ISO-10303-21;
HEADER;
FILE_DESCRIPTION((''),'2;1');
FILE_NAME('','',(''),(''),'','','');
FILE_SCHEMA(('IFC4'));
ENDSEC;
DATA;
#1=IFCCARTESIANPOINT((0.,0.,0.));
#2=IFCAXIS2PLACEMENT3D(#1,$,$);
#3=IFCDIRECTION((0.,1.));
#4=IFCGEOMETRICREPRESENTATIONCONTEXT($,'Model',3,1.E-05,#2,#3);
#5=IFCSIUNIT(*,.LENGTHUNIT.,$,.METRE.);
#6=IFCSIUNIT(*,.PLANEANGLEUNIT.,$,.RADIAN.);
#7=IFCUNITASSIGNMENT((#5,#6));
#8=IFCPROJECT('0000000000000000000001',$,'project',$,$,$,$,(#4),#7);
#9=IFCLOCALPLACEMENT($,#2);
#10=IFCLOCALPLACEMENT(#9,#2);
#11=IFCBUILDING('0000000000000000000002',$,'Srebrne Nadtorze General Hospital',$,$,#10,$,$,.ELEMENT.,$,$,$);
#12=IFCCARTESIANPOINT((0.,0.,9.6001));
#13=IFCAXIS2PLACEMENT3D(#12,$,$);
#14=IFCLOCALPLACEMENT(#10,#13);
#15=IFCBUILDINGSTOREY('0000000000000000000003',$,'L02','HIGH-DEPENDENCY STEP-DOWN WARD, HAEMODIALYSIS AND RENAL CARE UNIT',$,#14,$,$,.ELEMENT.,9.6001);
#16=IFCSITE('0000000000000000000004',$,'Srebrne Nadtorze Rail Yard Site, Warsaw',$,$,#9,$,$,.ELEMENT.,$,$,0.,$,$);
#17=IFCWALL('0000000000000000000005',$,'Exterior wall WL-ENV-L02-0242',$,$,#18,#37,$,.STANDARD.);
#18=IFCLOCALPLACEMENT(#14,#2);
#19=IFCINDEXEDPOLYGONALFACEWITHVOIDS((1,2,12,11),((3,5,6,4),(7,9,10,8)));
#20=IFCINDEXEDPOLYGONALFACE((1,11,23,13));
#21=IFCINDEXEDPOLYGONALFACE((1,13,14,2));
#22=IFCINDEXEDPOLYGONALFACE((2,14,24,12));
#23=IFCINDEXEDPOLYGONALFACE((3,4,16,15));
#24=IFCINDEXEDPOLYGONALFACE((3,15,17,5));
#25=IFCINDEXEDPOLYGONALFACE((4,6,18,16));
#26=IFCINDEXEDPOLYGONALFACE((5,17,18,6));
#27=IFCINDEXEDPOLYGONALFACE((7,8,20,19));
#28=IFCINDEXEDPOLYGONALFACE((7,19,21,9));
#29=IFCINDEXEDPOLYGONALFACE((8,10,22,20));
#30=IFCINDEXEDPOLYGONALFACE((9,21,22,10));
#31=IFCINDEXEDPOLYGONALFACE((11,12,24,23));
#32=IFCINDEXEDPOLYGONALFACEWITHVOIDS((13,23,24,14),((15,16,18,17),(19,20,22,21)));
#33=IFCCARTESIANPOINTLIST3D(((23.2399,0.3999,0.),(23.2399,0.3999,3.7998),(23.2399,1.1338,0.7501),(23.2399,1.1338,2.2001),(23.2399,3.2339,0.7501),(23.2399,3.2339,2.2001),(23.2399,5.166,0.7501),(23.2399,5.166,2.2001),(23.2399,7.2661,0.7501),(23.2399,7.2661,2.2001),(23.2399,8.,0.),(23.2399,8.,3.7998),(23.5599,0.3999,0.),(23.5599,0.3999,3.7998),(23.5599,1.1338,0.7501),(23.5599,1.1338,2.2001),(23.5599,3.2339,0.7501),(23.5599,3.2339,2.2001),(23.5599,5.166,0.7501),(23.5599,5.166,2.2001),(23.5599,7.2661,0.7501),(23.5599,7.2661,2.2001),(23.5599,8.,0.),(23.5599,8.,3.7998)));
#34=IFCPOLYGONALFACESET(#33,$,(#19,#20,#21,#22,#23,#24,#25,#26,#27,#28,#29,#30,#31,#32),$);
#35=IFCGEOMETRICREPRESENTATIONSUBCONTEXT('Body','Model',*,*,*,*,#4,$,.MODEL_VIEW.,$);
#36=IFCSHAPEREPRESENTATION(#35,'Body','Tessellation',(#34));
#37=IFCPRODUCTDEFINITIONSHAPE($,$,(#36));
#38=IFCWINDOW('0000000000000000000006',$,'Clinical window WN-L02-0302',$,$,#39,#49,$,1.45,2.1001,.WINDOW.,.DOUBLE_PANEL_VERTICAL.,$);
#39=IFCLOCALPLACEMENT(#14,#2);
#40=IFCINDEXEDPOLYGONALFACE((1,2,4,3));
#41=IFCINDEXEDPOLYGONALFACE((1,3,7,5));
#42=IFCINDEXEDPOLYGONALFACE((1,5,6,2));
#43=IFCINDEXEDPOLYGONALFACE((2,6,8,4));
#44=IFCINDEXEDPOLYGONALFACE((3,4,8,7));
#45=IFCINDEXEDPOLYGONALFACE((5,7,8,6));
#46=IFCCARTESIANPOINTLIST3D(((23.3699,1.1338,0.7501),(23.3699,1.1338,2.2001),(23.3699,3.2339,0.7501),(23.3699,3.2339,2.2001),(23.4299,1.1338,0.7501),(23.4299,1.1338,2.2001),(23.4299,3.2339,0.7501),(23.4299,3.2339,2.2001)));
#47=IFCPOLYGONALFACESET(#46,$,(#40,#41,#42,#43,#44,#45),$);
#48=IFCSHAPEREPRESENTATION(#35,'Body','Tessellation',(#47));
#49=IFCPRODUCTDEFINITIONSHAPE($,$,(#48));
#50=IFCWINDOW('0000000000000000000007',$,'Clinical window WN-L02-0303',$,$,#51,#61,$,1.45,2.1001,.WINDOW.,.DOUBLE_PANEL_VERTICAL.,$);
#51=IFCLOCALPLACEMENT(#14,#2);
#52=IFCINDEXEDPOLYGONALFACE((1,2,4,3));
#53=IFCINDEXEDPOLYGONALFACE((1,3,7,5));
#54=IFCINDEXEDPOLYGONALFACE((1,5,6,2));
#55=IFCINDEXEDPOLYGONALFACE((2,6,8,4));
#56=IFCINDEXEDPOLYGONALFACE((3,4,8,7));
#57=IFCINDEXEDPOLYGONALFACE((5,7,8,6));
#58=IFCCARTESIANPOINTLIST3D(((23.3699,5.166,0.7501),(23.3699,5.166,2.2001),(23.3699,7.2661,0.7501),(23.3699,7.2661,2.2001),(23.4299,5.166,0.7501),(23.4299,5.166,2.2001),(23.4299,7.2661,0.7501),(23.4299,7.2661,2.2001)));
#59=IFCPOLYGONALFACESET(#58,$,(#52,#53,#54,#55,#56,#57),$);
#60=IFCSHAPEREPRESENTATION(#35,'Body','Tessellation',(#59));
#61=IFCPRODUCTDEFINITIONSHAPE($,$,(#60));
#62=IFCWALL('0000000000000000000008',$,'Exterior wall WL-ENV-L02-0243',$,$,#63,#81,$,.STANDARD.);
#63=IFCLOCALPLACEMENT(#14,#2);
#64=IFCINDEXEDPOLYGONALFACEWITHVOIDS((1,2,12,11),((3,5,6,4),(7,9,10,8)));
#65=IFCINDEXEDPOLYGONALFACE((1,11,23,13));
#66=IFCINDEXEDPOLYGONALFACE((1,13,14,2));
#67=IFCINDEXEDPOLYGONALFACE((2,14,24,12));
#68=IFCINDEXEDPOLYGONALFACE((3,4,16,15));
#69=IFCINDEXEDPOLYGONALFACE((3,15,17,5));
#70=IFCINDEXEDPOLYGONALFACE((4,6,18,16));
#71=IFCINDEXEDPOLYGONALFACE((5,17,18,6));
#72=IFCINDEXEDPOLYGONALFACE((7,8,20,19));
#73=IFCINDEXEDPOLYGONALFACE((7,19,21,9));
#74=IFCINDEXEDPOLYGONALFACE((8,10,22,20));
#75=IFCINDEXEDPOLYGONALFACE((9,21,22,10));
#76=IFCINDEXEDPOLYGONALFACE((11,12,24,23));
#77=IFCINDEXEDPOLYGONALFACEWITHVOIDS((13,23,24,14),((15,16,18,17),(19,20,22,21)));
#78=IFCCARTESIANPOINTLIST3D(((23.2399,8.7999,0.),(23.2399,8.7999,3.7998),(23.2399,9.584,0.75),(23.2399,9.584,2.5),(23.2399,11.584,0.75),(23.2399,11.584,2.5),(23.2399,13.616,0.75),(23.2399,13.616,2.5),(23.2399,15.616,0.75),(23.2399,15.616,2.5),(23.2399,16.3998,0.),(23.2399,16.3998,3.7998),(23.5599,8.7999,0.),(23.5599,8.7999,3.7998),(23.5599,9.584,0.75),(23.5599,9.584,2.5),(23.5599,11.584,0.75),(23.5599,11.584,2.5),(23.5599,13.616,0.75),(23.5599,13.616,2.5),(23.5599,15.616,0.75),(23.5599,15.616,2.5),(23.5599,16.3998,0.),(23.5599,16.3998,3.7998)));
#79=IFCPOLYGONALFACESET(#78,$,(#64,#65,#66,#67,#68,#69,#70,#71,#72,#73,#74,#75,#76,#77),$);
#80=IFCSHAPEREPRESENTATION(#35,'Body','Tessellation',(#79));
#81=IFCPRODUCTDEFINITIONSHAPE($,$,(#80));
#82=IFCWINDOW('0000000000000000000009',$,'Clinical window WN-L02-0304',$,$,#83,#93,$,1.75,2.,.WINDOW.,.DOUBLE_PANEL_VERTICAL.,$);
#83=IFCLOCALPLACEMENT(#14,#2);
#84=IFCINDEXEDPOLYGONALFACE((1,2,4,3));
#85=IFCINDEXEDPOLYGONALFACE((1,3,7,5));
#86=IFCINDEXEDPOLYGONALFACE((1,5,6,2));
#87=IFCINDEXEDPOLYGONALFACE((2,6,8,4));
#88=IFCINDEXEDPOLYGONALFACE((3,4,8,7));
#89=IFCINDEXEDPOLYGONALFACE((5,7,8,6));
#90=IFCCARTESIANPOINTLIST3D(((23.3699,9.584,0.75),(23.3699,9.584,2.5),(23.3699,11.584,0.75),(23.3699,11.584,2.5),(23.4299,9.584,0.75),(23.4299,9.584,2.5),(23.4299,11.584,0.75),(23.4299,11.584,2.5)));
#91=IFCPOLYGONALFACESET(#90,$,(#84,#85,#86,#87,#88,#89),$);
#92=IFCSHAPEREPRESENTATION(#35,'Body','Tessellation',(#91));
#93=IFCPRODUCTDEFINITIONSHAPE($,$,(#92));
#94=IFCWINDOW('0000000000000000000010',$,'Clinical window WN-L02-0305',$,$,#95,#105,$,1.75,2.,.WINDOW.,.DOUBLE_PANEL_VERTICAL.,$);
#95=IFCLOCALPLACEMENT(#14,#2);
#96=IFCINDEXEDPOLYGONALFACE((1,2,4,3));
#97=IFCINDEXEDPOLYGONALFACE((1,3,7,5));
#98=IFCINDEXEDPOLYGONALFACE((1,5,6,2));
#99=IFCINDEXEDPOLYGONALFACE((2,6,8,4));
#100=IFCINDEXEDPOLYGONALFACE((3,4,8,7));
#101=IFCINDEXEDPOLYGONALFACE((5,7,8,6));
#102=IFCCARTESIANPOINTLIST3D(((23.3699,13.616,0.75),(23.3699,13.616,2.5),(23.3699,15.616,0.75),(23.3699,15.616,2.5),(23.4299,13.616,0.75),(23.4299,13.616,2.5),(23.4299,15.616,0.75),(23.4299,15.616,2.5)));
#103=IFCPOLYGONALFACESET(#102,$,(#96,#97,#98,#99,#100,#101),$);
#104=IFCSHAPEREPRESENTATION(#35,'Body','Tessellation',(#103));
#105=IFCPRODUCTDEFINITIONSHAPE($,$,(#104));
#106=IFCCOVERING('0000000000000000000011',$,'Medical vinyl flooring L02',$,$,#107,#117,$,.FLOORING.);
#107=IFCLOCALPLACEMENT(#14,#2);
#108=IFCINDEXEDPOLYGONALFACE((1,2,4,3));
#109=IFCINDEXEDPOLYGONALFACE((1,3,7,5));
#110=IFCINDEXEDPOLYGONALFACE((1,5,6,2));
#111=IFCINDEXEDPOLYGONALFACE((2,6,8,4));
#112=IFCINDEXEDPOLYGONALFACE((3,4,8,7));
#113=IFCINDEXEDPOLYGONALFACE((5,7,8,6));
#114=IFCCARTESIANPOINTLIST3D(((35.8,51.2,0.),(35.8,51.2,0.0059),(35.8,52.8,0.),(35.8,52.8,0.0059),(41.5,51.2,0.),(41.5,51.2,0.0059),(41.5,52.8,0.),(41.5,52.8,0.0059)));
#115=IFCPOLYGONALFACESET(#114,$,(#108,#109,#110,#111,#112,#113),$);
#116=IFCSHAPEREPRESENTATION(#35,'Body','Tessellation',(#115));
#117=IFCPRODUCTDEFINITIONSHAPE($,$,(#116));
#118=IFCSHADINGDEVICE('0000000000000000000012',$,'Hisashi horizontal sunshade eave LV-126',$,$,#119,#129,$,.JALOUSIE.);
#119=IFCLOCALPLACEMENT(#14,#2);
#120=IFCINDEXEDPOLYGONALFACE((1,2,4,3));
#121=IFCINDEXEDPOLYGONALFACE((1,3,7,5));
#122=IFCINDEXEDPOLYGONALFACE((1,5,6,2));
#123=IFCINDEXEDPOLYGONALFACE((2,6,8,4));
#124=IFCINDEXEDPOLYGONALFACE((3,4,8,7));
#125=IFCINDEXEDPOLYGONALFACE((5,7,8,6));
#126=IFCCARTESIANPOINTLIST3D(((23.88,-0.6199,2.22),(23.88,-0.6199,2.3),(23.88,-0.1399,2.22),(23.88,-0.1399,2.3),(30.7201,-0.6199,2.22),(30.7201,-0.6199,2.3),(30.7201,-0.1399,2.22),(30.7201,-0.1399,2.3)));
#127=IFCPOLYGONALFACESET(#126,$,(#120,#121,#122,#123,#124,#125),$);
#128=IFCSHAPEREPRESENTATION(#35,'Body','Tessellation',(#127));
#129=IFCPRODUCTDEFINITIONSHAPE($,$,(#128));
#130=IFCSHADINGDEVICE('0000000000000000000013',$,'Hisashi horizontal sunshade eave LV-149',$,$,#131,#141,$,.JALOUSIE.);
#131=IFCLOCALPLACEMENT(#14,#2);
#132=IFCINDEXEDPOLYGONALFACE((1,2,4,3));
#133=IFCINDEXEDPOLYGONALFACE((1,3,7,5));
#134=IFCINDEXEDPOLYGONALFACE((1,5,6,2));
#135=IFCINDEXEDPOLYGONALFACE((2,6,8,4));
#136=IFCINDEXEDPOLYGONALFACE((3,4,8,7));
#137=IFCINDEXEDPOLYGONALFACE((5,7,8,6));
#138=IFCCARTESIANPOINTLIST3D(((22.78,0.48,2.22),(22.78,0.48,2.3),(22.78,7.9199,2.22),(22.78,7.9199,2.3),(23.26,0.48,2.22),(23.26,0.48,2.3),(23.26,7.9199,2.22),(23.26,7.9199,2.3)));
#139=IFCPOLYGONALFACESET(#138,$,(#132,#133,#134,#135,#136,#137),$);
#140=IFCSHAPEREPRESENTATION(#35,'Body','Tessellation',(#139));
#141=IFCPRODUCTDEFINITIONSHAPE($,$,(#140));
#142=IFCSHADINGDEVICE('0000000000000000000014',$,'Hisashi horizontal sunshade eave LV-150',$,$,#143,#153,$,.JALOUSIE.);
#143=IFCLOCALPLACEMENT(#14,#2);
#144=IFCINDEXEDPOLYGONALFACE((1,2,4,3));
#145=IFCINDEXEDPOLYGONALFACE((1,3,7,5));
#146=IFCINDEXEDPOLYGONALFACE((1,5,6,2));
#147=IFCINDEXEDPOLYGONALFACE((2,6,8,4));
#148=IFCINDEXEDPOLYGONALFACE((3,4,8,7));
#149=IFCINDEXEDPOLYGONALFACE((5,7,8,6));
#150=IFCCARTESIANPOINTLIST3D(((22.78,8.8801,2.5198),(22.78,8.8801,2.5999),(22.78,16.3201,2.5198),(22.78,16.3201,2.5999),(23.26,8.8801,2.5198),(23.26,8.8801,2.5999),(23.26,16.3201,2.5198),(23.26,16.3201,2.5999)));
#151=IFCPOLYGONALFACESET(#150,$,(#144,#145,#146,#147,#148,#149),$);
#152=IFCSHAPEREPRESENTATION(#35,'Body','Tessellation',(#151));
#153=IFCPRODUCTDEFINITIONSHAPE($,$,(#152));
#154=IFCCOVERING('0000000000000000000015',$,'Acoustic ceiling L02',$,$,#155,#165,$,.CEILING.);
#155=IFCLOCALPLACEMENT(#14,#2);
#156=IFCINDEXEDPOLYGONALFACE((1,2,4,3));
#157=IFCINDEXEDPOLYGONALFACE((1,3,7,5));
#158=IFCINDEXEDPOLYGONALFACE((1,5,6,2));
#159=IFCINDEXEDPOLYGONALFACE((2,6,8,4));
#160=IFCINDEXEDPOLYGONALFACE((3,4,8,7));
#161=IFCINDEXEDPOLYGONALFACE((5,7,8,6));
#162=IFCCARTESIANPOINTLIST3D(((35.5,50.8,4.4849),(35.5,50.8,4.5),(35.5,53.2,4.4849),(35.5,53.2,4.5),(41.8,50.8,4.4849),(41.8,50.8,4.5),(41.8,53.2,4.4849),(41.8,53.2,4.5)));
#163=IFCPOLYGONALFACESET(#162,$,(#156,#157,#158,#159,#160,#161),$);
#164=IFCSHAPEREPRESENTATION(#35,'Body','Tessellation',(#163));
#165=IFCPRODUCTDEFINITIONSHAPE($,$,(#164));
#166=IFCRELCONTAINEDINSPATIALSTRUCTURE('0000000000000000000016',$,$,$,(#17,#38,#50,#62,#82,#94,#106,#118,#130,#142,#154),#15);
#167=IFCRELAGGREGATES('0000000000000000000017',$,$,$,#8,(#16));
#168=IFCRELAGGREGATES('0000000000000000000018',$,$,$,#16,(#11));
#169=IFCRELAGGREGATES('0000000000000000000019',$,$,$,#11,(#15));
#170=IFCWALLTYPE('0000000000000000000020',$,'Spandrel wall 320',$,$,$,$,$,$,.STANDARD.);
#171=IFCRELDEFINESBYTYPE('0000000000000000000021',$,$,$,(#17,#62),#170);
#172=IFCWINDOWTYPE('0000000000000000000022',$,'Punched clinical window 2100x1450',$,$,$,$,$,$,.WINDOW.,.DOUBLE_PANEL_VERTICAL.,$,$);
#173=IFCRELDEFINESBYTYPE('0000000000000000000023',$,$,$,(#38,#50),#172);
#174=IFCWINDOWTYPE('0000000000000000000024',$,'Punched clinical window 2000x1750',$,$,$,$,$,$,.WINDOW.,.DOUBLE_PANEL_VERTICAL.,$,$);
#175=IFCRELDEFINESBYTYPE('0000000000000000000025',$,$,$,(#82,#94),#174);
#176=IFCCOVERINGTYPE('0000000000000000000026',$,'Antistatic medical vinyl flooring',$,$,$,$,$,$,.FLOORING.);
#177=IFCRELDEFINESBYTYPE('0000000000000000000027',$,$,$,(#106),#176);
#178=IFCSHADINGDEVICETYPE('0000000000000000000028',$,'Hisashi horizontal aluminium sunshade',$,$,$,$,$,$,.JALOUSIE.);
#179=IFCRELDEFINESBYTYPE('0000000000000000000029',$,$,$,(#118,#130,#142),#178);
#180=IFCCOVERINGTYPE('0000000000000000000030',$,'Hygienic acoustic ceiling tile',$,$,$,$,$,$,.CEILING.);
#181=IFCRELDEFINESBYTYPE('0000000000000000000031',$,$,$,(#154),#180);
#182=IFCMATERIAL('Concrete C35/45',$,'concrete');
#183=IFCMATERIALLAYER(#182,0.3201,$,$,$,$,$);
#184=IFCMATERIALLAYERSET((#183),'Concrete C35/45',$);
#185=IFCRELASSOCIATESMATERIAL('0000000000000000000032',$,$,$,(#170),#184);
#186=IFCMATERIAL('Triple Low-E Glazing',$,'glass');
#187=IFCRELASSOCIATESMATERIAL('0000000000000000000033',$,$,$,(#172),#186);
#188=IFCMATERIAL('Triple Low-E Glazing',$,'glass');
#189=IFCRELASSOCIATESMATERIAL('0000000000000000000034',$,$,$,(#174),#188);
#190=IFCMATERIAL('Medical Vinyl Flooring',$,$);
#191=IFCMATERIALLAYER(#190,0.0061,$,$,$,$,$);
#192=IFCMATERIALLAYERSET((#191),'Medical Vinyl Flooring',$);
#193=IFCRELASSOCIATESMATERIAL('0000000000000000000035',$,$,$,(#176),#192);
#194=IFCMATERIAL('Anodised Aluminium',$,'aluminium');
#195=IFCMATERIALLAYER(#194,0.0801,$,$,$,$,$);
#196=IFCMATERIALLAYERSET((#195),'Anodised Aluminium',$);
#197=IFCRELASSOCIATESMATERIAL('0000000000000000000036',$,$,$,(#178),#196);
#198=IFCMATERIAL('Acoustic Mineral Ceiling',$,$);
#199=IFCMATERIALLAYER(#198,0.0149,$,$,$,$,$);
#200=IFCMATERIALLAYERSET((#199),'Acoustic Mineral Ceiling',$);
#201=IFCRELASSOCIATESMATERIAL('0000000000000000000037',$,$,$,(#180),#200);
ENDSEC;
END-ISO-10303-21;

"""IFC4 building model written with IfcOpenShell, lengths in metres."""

from ifc_helpers import new_model, si_unit, direction, frame, frame_2d, origin, origin_2d, place, context, subcontext, project, spatial, polyline, rectangle, outline, extrude, material, layer, layer_set, type_object, element, fill, save


model = new_model("IFC4")

# Units and contexts
model_context = context("Model", 3, precision=1e-05, world=origin(), true_north=direction((0.0, 1.0)))
body_context = subcontext(model_context, "Body", "Model", "MODEL_VIEW")
ifc_project = project(units=[si_unit("LENGTHUNIT", "METRE"), si_unit("PLANEANGLEUNIT", "RADIAN")], contexts=[model_context])

# Site, building, storey
site_placement = place(None, origin())
site = spatial("IfcSite", under=ifc_project, at=site_placement, Name="Srebrne Nadtorze Rail Yard Site, Warsaw", CompositionType="ELEMENT", RefElevation=0.0)
building_placement = place(site_placement, origin())
building = spatial("IfcBuilding", under=site, at=building_placement, Name="Srebrne Nadtorze General Hospital", CompositionType="ELEMENT")
storey_placement = place(building_placement, frame((0.0, 0.0, 9.6001)))
storey = spatial("IfcBuildingStorey", under=building, at=storey_placement, Name="L02", Description="HIGH-DEPENDENCY STEP-DOWN WARD, HAEMODIALYSIS AND RENAL CARE UNIT", CompositionType="ELEMENT", Elevation=9.6001)

# Walls, openings, windows
ifc_material_1 = material(Name="Concrete C35/45", Category="concrete")
ifc_layer_1 = layer(ifc_material_1, 0.3201)
ifc_layer_set_1 = layer_set([ifc_layer_1], Name="Concrete C35/45")
wall_type_1 = type_object("IfcWallType", Name="Spandrel wall 320", PredefinedType="STANDARD", material=ifc_layer_set_1)
ifc_material_2 = material(Name="Triple Low-E Glazing", Category="glass")
window_type_1 = type_object("IfcWindowType", Name="Punched clinical window 2100x1450", PartitioningType="DOUBLE_PANEL_VERTICAL", PredefinedType="WINDOW", material=ifc_material_2)
wall_1_placement = place(storey_placement, frame((23.3999, 0.3999, 0.0), z_axis=(0.0, 0.0, 1.0), x_axis=(0.0, 1.0, 0.0)))
wall_1 = element("IfcWall", 1, at=wall_1_placement, inside=storey, type_object=wall_type_1, Name="Exterior wall WL-ENV-L02-0242", PredefinedType="STANDARD", context=body_context, shape_type="SweptSolid", body=[
    extrude(rectangle(XDim=7.6001, YDim=0.3201, at=frame_2d((3.8, 0.0))), origin(), (0.0, 0.0, 1.0), 3.7998),
])
opening_1_placement = place(wall_1_placement, frame((0.7339, 0.0, 0.75)))
opening_1 = element("IfcOpeningElement", 2, at=opening_1_placement, cuts=wall_1, PredefinedType="OPENING", context=body_context, shape_type="SweptSolid", body=[
    extrude(rectangle(XDim=2.1001, YDim=1.45, at=frame_2d((1.05, 0.7251))), frame((0.0, 0.1719, 0.0), z_axis=(0.0, -1.0, 0.0), x_axis=(1.0, 0.0, 0.0)), (0.0, 0.0, 1.0), 0.344),
])
opening_2_placement = place(wall_1_placement, frame((4.7661, 0.0, 0.75)))
opening_2 = element("IfcOpeningElement", 3, at=opening_2_placement, cuts=wall_1, PredefinedType="OPENING", context=body_context, shape_type="SweptSolid", body=[
    extrude(rectangle(XDim=2.1001, YDim=1.45, at=frame_2d((1.05, 0.7251))), frame((0.0, 0.1719, 0.0), z_axis=(0.0, -1.0, 0.0), x_axis=(1.0, 0.0, 0.0)), (0.0, 0.0, 1.0), 0.344),
])
window_1_placement = place(opening_1_placement, origin())
window_1 = element("IfcWindow", 4, at=window_1_placement, inside=storey, type_object=window_type_1, Name="Clinical window WN-L02-0302", OverallHeight=1.45, OverallWidth=2.1001, PartitioningType="DOUBLE_PANEL_VERTICAL", PredefinedType="WINDOW", context=body_context, shape_type="SweptSolid", body=[
    extrude(rectangle(XDim=2.1001, YDim=1.45, at=frame_2d((1.05, 0.7251))), frame((0.0, 0.03, 0.0), z_axis=(0.0, -1.0, 0.0), x_axis=(1.0, 0.0, 0.0)), (0.0, 0.0, 1.0), 0.0601),
])
fill(opening_1, window_1)
window_2_placement = place(opening_2_placement, origin())
window_2 = element("IfcWindow", 5, at=window_2_placement, inside=storey, type_object=window_type_1, Name="Clinical window WN-L02-0303", OverallHeight=1.45, OverallWidth=2.1001, PartitioningType="DOUBLE_PANEL_VERTICAL", PredefinedType="WINDOW", context=body_context, shape_type="SweptSolid", body=[
    extrude(rectangle(XDim=2.1001, YDim=1.45, at=frame_2d((1.05, 0.7251))), frame((0.0, 0.03, 0.0), z_axis=(0.0, -1.0, 0.0), x_axis=(1.0, 0.0, 0.0)), (0.0, 0.0, 1.0), 0.0601),
])
fill(opening_2, window_2)
wall_2_placement = place(storey_placement, frame((23.3999, 8.8, 0.0), z_axis=(0.0, 0.0, 1.0), x_axis=(0.0, 1.0, 0.0)))
wall_2 = element("IfcWall", 6, at=wall_2_placement, inside=storey, type_object=wall_type_1, Name="Exterior wall WL-ENV-L02-0243", PredefinedType="STANDARD", context=body_context, shape_type="SweptSolid", body=[
    extrude(rectangle(XDim=7.5999, YDim=0.3201, at=frame_2d((3.7998, 0.0))), origin(), (0.0, 0.0, 1.0), 3.7998),
])
opening_3_placement = place(wall_2_placement, frame((0.7839, 0.0, 0.75)))
opening_3 = element("IfcOpeningElement", 7, at=opening_3_placement, cuts=wall_2, PredefinedType="OPENING", context=body_context, shape_type="SweptSolid", body=[
    extrude(rectangle(XDim=2.0, YDim=1.75, at=frame_2d((1.0, 0.875))), frame((0.0, 0.1719, 0.0), z_axis=(0.0, -1.0, 0.0), x_axis=(1.0, 0.0, 0.0)), (0.0, 0.0, 1.0), 0.344),
])
opening_4_placement = place(wall_2_placement, frame((4.8159, 0.0, 0.75)))
opening_4 = element("IfcOpeningElement", 8, at=opening_4_placement, cuts=wall_2, PredefinedType="OPENING", context=body_context, shape_type="SweptSolid", body=[
    extrude(rectangle(XDim=2.0, YDim=1.75, at=frame_2d((1.0, 0.875))), frame((0.0, 0.1719, 0.0), z_axis=(0.0, -1.0, 0.0), x_axis=(1.0, 0.0, 0.0)), (0.0, 0.0, 1.0), 0.344),
])
ifc_material_3 = material(Name="Triple Low-E Glazing", Category="glass")
window_type_2 = type_object("IfcWindowType", Name="Punched clinical window 2000x1750", PartitioningType="DOUBLE_PANEL_VERTICAL", PredefinedType="WINDOW", material=ifc_material_3)
window_3_placement = place(opening_3_placement, origin())
window_3 = element("IfcWindow", 9, at=window_3_placement, inside=storey, type_object=window_type_2, Name="Clinical window WN-L02-0304", OverallHeight=1.75, OverallWidth=2.0, PartitioningType="DOUBLE_PANEL_VERTICAL", PredefinedType="WINDOW", context=body_context, shape_type="SweptSolid", body=[
    extrude(rectangle(XDim=2.0, YDim=1.75, at=frame_2d((1.0, 0.875))), frame((0.0, 0.03, 0.0), z_axis=(0.0, -1.0, 0.0), x_axis=(1.0, 0.0, 0.0)), (0.0, 0.0, 1.0), 0.0601),
])
fill(opening_3, window_3)
window_4_placement = place(opening_4_placement, origin())
window_4 = element("IfcWindow", 10, at=window_4_placement, inside=storey, type_object=window_type_2, Name="Clinical window WN-L02-0305", OverallHeight=1.75, OverallWidth=2.0, PartitioningType="DOUBLE_PANEL_VERTICAL", PredefinedType="WINDOW", context=body_context, shape_type="SweptSolid", body=[
    extrude(rectangle(XDim=2.0, YDim=1.75, at=frame_2d((1.0, 0.875))), frame((0.0, 0.03, 0.0), z_axis=(0.0, -1.0, 0.0), x_axis=(1.0, 0.0, 0.0)), (0.0, 0.0, 1.0), 0.0601),
])
fill(opening_4, window_4)

# Covering
ifc_material_4 = material(Name="Medical Vinyl Flooring")
ifc_layer_2 = layer(ifc_material_4, 0.0061)
ifc_layer_set_2 = layer_set([ifc_layer_2], Name="Medical Vinyl Flooring")
covering_type_1 = type_object("IfcCoveringType", Name="Antistatic medical vinyl flooring", PredefinedType="FLOORING", material=ifc_layer_set_2)
covering_1_placement = place(storey_placement, origin())
element("IfcCovering", 11, at=covering_1_placement, inside=storey, type_object=covering_type_1, Name="Medical vinyl flooring L02", PredefinedType="FLOORING", context=body_context, shape_type="SweptSolid", body=[
    extrude(outline(polyline([(35.8, 51.2), (41.5, 51.2), (41.5, 52.8), (35.8, 52.8), (35.8, 51.2)])), origin(), (0.0, 0.0, 1.0), 0.0059),
])

# Shading devices
ifc_material_5 = material(Name="Anodised Aluminium", Category="aluminium")
ifc_layer_3 = layer(ifc_material_5, 0.0801)
ifc_layer_set_3 = layer_set([ifc_layer_3], Name="Anodised Aluminium")
shading_device_type = type_object("IfcShadingDeviceType", Name="Hisashi horizontal aluminium sunshade", PredefinedType="JALOUSIE", material=ifc_layer_set_3)
shading_device_placement = place(storey_placement, frame((27.3, -0.3799, 2.22), z_axis=(0.0, 0.0, 1.0), x_axis=(1.0, 0.0, 0.0)))
element("IfcShadingDevice", 12, at=shading_device_placement, inside=storey, type_object=shading_device_type, Name="Hisashi horizontal sunshade eave LV-126", PredefinedType="JALOUSIE", context=body_context, shape_type="SweptSolid", body=[
    extrude(rectangle(XDim=6.8401, YDim=0.48, at=origin_2d()), origin(), (0.0, 0.0, 1.0), 0.0801),
])
for number, where, z_axis, x_axis, name in (
    (13, (23.02, 4.2, 2.22), (0.0, 0.0, 1.0), (1.0, 0.0, 0.0), "Hisashi horizontal sunshade eave LV-149"),
    (14, (23.02, 12.6001, 2.5198), (0.0, 0.0, 1.0), (1.0, 0.0, 0.0), "Hisashi horizontal sunshade eave LV-150"),
):
    element("IfcShadingDevice", number, at=place(storey_placement, frame(where, z_axis=z_axis, x_axis=x_axis)), inside=storey, type_object=shading_device_type, Name=name, PredefinedType="JALOUSIE", context=body_context, shape_type="SweptSolid", body=[
        extrude(rectangle(XDim=0.48, YDim=7.4399, at=origin_2d()), origin(), (0.0, 0.0, 1.0), 0.0801),
    ])

# Covering
ifc_material_6 = material(Name="Acoustic Mineral Ceiling")
ifc_layer_4 = layer(ifc_material_6, 0.0149)
ifc_layer_set_4 = layer_set([ifc_layer_4], Name="Acoustic Mineral Ceiling")
covering_type_2 = type_object("IfcCoveringType", Name="Hygienic acoustic ceiling tile", PredefinedType="CEILING", material=ifc_layer_set_4)
covering_2_placement = place(storey_placement, frame((0.0, 0.0, 4.4849)))
element("IfcCovering", 15, at=covering_2_placement, inside=storey, type_object=covering_type_2, Name="Acoustic ceiling L02", PredefinedType="CEILING", context=body_context, shape_type="SweptSolid", body=[
    extrude(outline(polyline([(35.5, 50.8), (41.8, 50.8), (41.8, 53.2), (35.5, 53.2), (35.5, 50.8)])), origin(), (0.0, 0.0, 1.0), 0.0151),
])

save(model, "model.ifc")
